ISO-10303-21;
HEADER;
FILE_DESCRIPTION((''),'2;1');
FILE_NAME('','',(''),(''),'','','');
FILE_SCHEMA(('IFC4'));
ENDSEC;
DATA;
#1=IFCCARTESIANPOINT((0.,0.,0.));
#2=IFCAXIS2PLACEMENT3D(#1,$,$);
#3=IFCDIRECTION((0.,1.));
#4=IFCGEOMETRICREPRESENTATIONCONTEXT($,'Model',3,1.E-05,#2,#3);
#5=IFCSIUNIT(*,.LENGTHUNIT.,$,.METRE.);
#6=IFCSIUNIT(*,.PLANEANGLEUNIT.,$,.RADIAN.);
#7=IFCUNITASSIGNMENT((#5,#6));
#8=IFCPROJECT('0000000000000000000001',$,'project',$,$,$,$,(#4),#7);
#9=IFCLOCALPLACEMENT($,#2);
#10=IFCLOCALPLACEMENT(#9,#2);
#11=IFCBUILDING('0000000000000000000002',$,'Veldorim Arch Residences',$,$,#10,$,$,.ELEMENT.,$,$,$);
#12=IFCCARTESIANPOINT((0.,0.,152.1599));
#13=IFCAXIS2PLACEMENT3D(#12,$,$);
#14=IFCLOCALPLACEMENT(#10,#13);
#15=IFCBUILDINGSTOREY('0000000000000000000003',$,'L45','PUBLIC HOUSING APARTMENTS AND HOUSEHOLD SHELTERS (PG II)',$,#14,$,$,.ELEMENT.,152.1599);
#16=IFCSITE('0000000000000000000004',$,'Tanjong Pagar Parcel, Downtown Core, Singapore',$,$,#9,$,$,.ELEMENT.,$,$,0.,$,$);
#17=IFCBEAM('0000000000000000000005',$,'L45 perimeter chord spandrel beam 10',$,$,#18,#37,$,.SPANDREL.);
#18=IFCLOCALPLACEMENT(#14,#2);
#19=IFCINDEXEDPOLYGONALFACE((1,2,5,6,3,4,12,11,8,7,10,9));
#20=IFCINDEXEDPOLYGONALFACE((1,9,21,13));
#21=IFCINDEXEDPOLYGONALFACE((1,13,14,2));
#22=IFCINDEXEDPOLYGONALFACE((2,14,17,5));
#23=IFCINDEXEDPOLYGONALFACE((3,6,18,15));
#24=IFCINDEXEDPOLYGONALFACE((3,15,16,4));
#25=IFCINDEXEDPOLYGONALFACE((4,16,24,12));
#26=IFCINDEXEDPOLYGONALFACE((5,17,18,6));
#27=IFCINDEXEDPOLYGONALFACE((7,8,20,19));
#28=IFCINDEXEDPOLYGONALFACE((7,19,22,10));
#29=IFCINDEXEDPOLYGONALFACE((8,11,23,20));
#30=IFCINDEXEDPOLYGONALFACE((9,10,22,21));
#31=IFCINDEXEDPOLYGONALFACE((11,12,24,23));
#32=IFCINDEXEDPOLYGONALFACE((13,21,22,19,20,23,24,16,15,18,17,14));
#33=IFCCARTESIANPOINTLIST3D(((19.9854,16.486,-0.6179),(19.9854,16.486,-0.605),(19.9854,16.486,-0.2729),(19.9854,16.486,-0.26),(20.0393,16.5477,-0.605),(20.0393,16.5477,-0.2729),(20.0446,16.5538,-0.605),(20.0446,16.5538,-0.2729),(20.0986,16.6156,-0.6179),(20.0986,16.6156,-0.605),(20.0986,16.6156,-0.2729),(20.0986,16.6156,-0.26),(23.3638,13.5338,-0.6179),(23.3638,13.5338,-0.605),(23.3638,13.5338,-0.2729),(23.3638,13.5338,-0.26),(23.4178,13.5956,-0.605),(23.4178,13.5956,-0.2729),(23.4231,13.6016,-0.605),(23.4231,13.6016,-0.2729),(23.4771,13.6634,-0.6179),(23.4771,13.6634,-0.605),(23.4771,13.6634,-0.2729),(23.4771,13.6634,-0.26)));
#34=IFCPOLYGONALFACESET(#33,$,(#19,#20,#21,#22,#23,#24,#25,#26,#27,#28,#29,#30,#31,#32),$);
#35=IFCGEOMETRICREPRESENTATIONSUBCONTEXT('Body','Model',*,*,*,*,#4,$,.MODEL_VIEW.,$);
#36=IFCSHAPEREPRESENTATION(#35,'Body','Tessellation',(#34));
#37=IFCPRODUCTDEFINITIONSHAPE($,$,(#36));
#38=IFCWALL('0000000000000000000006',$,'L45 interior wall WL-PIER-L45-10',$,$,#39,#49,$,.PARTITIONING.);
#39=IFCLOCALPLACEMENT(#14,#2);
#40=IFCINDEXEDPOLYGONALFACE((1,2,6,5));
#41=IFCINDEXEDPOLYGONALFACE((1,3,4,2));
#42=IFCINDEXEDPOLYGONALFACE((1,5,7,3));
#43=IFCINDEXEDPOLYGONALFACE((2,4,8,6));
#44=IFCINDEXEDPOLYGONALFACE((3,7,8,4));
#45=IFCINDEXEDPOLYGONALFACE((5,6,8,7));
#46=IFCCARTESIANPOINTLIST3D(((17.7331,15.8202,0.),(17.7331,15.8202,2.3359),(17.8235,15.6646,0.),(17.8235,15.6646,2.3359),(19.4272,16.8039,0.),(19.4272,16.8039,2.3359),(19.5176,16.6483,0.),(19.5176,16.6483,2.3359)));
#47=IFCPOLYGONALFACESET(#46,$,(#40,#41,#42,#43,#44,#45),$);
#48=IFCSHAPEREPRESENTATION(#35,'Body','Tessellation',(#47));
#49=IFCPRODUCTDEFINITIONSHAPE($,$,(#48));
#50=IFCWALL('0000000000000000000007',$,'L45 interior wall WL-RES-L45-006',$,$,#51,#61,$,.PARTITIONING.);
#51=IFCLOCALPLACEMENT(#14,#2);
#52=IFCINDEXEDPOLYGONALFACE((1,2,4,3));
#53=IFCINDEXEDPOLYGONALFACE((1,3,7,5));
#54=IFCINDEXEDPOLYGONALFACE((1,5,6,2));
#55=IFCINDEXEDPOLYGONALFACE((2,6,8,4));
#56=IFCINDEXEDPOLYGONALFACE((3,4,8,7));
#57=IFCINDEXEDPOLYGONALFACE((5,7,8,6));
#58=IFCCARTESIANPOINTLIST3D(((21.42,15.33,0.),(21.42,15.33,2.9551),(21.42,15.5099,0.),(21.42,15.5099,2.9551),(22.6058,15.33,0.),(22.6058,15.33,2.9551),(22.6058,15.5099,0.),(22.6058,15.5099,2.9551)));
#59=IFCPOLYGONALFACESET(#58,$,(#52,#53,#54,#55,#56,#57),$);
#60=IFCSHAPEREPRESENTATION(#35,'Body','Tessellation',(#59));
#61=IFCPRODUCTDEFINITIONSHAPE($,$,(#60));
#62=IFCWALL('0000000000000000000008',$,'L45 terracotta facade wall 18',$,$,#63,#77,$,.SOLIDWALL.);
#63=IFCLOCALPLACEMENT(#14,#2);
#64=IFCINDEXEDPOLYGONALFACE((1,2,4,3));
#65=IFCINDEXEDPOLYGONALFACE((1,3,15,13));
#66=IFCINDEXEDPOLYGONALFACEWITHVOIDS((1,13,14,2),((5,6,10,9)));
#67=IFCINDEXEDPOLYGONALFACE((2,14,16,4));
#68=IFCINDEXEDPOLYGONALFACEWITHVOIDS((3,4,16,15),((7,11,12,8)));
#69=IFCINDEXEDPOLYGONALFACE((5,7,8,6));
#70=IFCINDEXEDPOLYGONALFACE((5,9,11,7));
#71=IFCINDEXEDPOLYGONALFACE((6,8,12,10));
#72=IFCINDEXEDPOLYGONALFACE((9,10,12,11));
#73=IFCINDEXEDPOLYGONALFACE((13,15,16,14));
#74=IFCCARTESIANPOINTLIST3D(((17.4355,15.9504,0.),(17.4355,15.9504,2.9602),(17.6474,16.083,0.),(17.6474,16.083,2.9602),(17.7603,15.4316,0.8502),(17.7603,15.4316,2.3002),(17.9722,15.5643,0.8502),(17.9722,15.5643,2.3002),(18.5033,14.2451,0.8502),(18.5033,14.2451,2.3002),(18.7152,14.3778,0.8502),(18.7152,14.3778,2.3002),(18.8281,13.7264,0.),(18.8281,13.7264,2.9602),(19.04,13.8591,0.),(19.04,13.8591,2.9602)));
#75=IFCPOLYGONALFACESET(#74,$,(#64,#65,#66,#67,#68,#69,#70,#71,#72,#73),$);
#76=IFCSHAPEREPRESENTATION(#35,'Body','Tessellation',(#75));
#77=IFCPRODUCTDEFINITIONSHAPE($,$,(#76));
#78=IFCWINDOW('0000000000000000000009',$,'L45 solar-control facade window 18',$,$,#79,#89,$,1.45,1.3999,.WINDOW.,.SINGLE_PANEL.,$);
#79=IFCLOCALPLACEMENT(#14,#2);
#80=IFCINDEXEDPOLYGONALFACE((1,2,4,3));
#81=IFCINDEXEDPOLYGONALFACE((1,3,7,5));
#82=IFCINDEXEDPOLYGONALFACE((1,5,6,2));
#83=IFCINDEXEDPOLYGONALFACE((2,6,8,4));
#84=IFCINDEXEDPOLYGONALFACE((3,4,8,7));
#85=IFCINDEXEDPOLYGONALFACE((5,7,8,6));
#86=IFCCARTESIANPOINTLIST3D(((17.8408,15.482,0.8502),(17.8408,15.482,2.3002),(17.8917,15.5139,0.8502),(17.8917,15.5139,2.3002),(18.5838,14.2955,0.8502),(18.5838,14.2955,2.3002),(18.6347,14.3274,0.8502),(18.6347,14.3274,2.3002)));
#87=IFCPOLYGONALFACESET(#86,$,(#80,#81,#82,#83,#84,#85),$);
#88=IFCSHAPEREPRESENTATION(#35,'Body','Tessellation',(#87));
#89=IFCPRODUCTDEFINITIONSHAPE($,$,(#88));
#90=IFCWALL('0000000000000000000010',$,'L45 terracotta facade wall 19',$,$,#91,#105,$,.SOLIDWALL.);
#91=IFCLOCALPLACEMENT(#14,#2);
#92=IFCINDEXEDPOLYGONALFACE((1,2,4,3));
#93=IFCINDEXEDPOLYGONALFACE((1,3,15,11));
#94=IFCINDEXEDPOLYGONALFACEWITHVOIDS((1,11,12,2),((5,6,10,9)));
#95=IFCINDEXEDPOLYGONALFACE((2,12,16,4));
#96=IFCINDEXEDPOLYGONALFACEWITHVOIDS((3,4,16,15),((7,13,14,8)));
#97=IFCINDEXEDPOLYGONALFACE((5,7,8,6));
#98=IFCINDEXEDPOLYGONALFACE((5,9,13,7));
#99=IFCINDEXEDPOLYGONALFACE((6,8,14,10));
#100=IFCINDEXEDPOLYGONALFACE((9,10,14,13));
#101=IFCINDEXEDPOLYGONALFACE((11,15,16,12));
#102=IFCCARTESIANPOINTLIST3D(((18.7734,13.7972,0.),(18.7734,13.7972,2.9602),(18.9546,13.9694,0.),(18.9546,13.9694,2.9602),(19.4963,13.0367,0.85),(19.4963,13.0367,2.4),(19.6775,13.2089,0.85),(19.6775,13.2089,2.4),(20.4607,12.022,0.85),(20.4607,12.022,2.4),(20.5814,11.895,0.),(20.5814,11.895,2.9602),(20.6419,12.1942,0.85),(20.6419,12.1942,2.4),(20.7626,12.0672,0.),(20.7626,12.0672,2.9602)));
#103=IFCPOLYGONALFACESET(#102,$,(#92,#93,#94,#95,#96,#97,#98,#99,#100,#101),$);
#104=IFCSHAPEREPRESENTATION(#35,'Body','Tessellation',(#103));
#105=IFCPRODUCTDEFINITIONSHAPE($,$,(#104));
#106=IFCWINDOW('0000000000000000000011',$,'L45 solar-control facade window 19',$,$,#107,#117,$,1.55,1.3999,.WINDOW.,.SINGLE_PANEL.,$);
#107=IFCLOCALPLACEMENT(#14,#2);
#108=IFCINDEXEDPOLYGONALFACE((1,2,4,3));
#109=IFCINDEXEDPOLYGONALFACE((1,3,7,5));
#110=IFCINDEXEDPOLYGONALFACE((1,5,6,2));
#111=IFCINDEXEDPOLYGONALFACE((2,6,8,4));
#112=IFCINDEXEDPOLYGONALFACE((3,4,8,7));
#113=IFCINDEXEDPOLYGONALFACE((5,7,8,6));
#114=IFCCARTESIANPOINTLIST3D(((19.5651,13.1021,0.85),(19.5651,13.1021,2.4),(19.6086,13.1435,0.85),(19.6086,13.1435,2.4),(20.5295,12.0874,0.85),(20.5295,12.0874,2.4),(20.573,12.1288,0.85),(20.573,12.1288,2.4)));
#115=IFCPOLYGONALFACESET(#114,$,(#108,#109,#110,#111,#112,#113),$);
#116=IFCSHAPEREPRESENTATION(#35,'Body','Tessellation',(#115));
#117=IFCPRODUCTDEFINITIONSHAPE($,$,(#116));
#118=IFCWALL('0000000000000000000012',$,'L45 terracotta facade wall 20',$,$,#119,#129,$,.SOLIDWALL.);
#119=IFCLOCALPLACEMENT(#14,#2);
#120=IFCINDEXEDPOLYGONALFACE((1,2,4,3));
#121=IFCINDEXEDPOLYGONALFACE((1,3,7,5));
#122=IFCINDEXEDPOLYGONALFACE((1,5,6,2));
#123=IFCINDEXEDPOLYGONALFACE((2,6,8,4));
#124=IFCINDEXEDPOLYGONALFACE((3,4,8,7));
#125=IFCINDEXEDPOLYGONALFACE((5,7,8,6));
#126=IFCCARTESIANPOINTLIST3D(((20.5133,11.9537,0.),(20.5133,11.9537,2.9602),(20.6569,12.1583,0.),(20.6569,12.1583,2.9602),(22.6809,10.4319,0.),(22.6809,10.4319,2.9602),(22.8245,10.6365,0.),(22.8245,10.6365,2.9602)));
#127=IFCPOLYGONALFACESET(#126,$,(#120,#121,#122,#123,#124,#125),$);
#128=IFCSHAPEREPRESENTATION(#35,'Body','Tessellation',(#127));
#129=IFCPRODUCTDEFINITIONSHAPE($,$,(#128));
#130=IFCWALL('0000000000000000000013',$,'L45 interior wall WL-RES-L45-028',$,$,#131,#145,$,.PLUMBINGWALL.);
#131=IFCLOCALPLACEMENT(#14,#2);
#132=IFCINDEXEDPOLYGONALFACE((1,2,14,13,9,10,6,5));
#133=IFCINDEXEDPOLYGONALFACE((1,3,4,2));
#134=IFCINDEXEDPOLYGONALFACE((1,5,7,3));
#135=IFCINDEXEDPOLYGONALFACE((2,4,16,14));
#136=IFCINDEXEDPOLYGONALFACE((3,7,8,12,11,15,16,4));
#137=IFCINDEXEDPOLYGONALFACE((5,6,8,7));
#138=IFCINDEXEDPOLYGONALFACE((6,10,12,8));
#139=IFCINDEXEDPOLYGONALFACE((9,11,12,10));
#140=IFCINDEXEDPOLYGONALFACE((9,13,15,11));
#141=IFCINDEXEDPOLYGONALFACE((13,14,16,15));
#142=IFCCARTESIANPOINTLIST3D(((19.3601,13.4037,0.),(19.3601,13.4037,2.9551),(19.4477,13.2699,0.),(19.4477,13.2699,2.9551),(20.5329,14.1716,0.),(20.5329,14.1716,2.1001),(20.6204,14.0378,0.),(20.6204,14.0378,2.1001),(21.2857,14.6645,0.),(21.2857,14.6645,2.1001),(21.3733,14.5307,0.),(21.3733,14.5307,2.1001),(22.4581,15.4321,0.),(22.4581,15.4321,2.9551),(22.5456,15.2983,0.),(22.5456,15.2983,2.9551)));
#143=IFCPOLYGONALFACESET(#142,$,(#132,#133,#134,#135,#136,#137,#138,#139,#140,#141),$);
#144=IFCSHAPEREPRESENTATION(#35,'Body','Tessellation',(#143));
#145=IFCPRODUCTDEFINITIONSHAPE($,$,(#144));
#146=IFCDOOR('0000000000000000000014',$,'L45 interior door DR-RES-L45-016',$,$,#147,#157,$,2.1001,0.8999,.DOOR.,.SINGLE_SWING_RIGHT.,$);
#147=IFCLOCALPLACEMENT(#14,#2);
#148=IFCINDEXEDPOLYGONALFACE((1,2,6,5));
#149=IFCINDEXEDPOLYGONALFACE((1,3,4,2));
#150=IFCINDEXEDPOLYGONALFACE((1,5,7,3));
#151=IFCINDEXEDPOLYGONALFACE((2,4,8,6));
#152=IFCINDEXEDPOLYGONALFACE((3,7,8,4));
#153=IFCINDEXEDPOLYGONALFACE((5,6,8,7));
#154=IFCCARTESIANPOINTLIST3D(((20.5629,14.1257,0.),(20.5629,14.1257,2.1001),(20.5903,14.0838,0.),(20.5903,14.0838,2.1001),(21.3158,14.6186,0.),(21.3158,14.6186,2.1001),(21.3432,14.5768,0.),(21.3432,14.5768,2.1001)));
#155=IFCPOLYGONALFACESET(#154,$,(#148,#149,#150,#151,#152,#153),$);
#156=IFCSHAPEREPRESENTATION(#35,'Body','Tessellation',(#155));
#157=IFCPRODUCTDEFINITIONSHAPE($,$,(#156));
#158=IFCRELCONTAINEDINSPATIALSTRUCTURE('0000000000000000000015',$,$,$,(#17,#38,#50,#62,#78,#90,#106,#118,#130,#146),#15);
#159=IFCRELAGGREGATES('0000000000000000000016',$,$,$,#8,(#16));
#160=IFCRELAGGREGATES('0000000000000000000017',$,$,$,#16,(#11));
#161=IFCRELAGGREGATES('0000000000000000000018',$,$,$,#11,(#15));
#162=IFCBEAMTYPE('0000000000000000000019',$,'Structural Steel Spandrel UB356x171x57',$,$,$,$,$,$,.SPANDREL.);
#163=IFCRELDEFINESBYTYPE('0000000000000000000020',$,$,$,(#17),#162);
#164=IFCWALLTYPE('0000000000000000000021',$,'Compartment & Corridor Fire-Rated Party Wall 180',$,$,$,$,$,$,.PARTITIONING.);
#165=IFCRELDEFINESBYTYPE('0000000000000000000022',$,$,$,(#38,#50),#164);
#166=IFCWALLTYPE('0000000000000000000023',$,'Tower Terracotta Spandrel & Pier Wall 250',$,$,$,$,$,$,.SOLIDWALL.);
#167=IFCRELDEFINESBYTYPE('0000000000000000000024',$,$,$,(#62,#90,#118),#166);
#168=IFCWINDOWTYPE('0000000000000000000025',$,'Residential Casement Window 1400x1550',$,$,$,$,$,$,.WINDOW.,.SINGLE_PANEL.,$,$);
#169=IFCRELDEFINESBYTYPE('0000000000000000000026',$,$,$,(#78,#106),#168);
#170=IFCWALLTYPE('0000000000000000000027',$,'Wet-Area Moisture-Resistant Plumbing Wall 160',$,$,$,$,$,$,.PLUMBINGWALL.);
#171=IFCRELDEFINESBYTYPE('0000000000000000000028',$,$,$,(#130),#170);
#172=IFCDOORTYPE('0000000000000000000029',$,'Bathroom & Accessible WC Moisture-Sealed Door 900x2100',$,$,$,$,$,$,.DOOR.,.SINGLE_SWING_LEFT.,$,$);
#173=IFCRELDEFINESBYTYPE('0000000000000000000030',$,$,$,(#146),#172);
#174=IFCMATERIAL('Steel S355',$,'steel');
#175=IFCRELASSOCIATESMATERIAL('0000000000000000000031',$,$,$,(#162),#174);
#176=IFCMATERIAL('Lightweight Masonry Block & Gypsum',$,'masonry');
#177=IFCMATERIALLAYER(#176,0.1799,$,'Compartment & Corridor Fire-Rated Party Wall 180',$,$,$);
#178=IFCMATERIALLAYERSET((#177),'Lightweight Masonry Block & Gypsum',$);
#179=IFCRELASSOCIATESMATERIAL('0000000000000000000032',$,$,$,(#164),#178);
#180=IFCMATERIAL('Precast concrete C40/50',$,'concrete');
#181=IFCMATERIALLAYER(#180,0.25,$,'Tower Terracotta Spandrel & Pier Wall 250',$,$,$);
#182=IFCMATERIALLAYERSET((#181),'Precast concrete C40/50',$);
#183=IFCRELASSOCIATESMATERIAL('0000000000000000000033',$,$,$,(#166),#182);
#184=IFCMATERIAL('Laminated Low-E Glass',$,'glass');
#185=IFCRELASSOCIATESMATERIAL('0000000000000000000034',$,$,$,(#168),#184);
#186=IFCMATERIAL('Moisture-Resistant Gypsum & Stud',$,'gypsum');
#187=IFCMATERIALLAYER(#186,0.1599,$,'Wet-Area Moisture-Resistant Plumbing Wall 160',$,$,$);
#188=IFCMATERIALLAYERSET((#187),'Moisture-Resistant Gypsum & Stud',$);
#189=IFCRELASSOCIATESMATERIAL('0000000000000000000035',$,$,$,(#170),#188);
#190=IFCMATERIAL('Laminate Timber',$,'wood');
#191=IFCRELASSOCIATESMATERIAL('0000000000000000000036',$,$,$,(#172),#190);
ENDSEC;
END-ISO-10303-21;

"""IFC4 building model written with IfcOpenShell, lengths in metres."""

from ifc_helpers import new_model, si_unit, direction, frame, frame_2d, origin, origin_2d, place, context, subcontext, project, spatial, rectangle, i_section, extrude, material, layer, layer_set, material_profile, profile_set, type_object, element, fill, save


model = new_model("IFC4")

# Units and contexts
model_context = context("Model", 3, precision=1e-05, world=origin(), true_north=direction((0.0, 1.0)))
body_context = subcontext(model_context, "Body", "Model", "MODEL_VIEW")
ifc_project = project(units=[si_unit("LENGTHUNIT", "METRE"), si_unit("PLANEANGLEUNIT", "RADIAN")], contexts=[model_context])

# Site, building, storey
site_placement = place(None, origin())
site = spatial("IfcSite", under=ifc_project, at=site_placement, Name="Tanjong Pagar Parcel, Downtown Core, Singapore", CompositionType="ELEMENT", RefElevation=0.0)
building_placement = place(site_placement, origin())
building = spatial("IfcBuilding", under=site, at=building_placement, Name="Veldorim Arch Residences", CompositionType="ELEMENT")
storey_placement = place(building_placement, frame((0.0, 0.0, 152.1599)))
storey = spatial("IfcBuildingStorey", under=building, at=storey_placement, Name="L45", Description="PUBLIC HOUSING APARTMENTS AND HOUSEHOLD SHELTERS (PG II)", CompositionType="ELEMENT", Elevation=152.1599)

# Beam
ifc_material_1 = material(Name="Steel S355", Category="steel")
ifc_material_profile_1 = material_profile(ifc_material_1, i_section(OverallWidth=0.1721, OverallDepth=0.3579, WebThickness=0.0081, FlangeThickness=0.0129, at=origin_2d()), Name="UB356x171x57")
ifc_profile_set_1 = profile_set([ifc_material_profile_1], Name="Steel S355")
beam_type_1 = type_object("IfcBeamType", Name="Structural Steel Spandrel UB356x171x57", PredefinedType="SPANDREL", material=ifc_profile_set_1)
beam_1_placement = place(storey_placement, frame((20.042, 16.5508, -0.439), z_axis=(0.753015, -0.658004, 0.0), x_axis=(0.658004, 0.753015, 0.0)))
element("IfcBeam", 1, at=beam_1_placement, inside=storey, type_object=beam_type_1, Name="L45 perimeter chord spandrel beam 10", PredefinedType="SPANDREL", context=body_context, shape_type="SweptSolid", body=[
    extrude(i_section(OverallWidth=0.1721, OverallDepth=0.3579, WebThickness=0.0081, FlangeThickness=0.0129, at=origin_2d()), origin(), (0.0, 0.0, 1.0), 4.4866),
])

# Walls
ifc_material_2 = material(Name="Lightweight Masonry Block & Gypsum", Category="masonry")
ifc_layer_1 = layer(ifc_material_2, 0.1799, Name="Compartment & Corridor Fire-Rated Party Wall 180")
ifc_layer_set_1 = layer_set([ifc_layer_1], Name="Lightweight Masonry Block & Gypsum")
wall_type_1 = type_object("IfcWallType", Name="Compartment & Corridor Fire-Rated Party Wall 180", PredefinedType="PARTITIONING", material=ifc_layer_set_1)
wall_1_placement = place(storey_placement, frame((19.4724, 16.7261, 0.0), z_axis=(0.0, 0.0, 1.0), x_axis=(-0.864794, -0.502126, 0.0)))
element("IfcWall", 2, at=wall_1_placement, inside=storey, type_object=wall_type_1, Name="L45 interior wall WL-PIER-L45-10", PredefinedType="PARTITIONING", context=body_context, shape_type="SweptSolid", body=[
    extrude(rectangle(XDim=1.959, YDim=0.1799, at=frame_2d((0.9795, 0.0))), origin(), (0.0, 0.0, 1.0), 2.3359),
])
wall_2_placement = place(storey_placement, frame((22.6057, 15.4199, 0.0), z_axis=(0.0, 0.0, 1.0), x_axis=(-1.0, 0.0, 0.0)))
element("IfcWall", 3, at=wall_2_placement, inside=storey, type_object=wall_type_1, Name="L45 interior wall WL-RES-L45-006", PredefinedType="PARTITIONING", context=body_context, shape_type="SweptSolid", body=[
    extrude(rectangle(XDim=1.1858, YDim=0.1799, at=frame_2d((0.5928, 0.0))), origin(), (0.0, 0.0, 1.0), 2.9551),
])

# Walls, openings, windows
ifc_material_3 = material(Name="Precast concrete C40/50", Category="concrete")
ifc_layer_2 = layer(ifc_material_3, 0.25, Name="Tower Terracotta Spandrel & Pier Wall 250")
ifc_layer_set_2 = layer_set([ifc_layer_2], Name="Precast concrete C40/50")
wall_type_2 = type_object("IfcWallType", Name="Tower Terracotta Spandrel & Pier Wall 250", PredefinedType="SOLIDWALL", material=ifc_layer_set_2)
wall_3_placement = place(storey_placement, frame((18.9341, 13.7927, 0.0), z_axis=(0.0, 0.0, 1.0), x_axis=(-0.530726, 0.847543, 0.0)))
wall_3 = element("IfcWall", 4, at=wall_3_placement, inside=storey, type_object=wall_type_2, Name="L45 terracotta facade wall 18", PredefinedType="SOLIDWALL", context=body_context, shape_type="SweptSolid", body=[
    extrude(rectangle(XDim=2.624, YDim=0.25, at=frame_2d((1.312, 0.0))), origin(), (0.0, 0.0, 1.0), 2.9602),
])
opening_1_placement = place(wall_3_placement, frame((0.6121, 0.0, 0.8501)))
opening_1 = element("IfcOpeningElement", 5, at=opening_1_placement, cuts=wall_3, PredefinedType="OPENING", context=body_context, shape_type="SweptSolid", body=[
    extrude(rectangle(XDim=1.3999, YDim=1.45, at=frame_2d((0.7, 0.7251))), frame((0.0, 0.135, 0.0), z_axis=(0.0, -1.0, 0.0), x_axis=(1.0, 0.0, 0.0)), (0.0, 0.0, 1.0), 0.27),
])
ifc_material_4 = material(Name="Laminated Low-E Glass", Category="glass")
window_type = type_object("IfcWindowType", Name="Residential Casement Window 1400x1550", PartitioningType="SINGLE_PANEL", PredefinedType="WINDOW", material=ifc_material_4)
window_1_placement = place(opening_1_placement, origin())
window_1 = element("IfcWindow", 6, at=window_1_placement, inside=storey, type_object=window_type, Name="L45 solar-control facade window 18", OverallHeight=1.45, OverallWidth=1.3999, PartitioningType="SINGLE_PANEL", PredefinedType="WINDOW", context=body_context, shape_type="SweptSolid", body=[
    extrude(rectangle(XDim=1.3999, YDim=1.45, at=frame_2d((0.7, 0.7251))), frame((0.0, 0.03, 0.0), z_axis=(0.0, -1.0, 0.0), x_axis=(1.0, 0.0, 0.0)), (0.0, 0.0, 1.0), 0.0601),
])
fill(opening_1, window_1)
wall_4_placement = place(storey_placement, frame((20.6719, 11.9812, 0.0), z_axis=(0.0, 0.0, 1.0), x_axis=(-0.688923, 0.724834, 0.0)))
wall_4 = element("IfcWall", 7, at=wall_4_placement, inside=storey, type_object=wall_type_2, Name="L45 terracotta facade wall 19", PredefinedType="SOLIDWALL", context=body_context, shape_type="SweptSolid", body=[
    extrude(rectangle(XDim=2.6243, YDim=0.25, at=frame_2d((1.312, 0.0))), origin(), (0.0, 0.0, 1.0), 2.9602),
])
opening_2_placement = place(wall_4_placement, frame((0.175, 0.0, 0.8501)))
opening_2 = element("IfcOpeningElement", 8, at=opening_2_placement, cuts=wall_4, PredefinedType="OPENING", context=body_context, shape_type="SweptSolid", body=[
    extrude(rectangle(XDim=1.3999, YDim=1.55, at=frame_2d((0.7, 0.7749))), frame((0.0, 0.135, 0.0), z_axis=(0.0, -1.0, 0.0), x_axis=(1.0, 0.0, 0.0)), (0.0, 0.0, 1.0), 0.27),
])
window_2_placement = place(opening_2_placement, origin())
window_2 = element("IfcWindow", 9, at=window_2_placement, inside=storey, type_object=window_type, Name="L45 solar-control facade window 19", OverallHeight=1.55, OverallWidth=1.3999, PartitioningType="SINGLE_PANEL", PredefinedType="WINDOW", context=body_context, shape_type="SweptSolid", body=[
    extrude(rectangle(XDim=1.3999, YDim=1.55, at=frame_2d((0.7, 0.7749))), frame((0.0, 0.03, 0.0), z_axis=(0.0, -1.0, 0.0), x_axis=(1.0, 0.0, 0.0)), (0.0, 0.0, 1.0), 0.0601),
])
fill(opening_2, window_2)

# Wall
wall_5_placement = place(storey_placement, frame((22.7527, 10.5342, 0.0), z_axis=(0.0, 0.0, 1.0), x_axis=(-0.818434, 0.5746, 0.0)))
element("IfcWall", 10, at=wall_5_placement, inside=storey, type_object=wall_type_2, Name="L45 terracotta facade wall 20", PredefinedType="SOLIDWALL", context=body_context, shape_type="SweptSolid", body=[
    extrude(rectangle(XDim=2.6484, YDim=0.25, at=frame_2d((1.3242, 0.0))), origin(), (0.0, 0.0, 1.0), 2.9602),
])

# Wall, opening, door
ifc_material_5 = material(Name="Moisture-Resistant Gypsum & Stud", Category="gypsum")
ifc_layer_3 = layer(ifc_material_5, 0.1599, Name="Wet-Area Moisture-Resistant Plumbing Wall 160")
ifc_layer_set_3 = layer_set([ifc_layer_3], Name="Moisture-Resistant Gypsum & Stud")
wall_type_3 = type_object("IfcWallType", Name="Wet-Area Moisture-Resistant Plumbing Wall 160", PredefinedType="PLUMBINGWALL", material=ifc_layer_set_3)
wall_6_placement = place(storey_placement, frame((22.502, 15.3652, 0.0), z_axis=(0.0, 0.0, 1.0), x_axis=(-0.836627, -0.547773, 0.0)))
wall_6 = element("IfcWall", 11, at=wall_6_placement, inside=storey, type_object=wall_type_3, Name="L45 interior wall WL-RES-L45-028", PredefinedType="PLUMBINGWALL", context=body_context, shape_type="SweptSolid", body=[
    extrude(rectangle(XDim=3.7029, YDim=0.1599, at=frame_2d((1.8516, 0.0))), origin(), (0.0, 0.0, 1.0), 2.9551),
])
opening_3_placement = place(wall_6_placement, frame((1.4014, 0.0, 0.0)))
opening_3 = element("IfcOpeningElement", 12, at=opening_3_placement, cuts=wall_6, PredefinedType="OPENING", context=body_context, shape_type="SweptSolid", body=[
    extrude(rectangle(XDim=0.8999, YDim=2.1001, at=frame_2d((0.45, 1.05))), frame((0.0, 0.0898, 0.0), z_axis=(0.0, -1.0, 0.0), x_axis=(1.0, 0.0, 0.0)), (0.0, 0.0, 1.0), 0.1799),
])
ifc_material_6 = material(Name="Laminate Timber", Category="wood")
door_type_1 = type_object("IfcDoorType", Name="Bathroom & Accessible WC Moisture-Sealed Door 900x2100", OperationType="SINGLE_SWING_LEFT", PredefinedType="DOOR", material=ifc_material_6)
door_1_placement = place(opening_3_placement, origin())
door_1 = element("IfcDoor", 13, at=door_1_placement, inside=storey, type_object=door_type_1, Name="L45 interior door DR-RES-L45-016", OperationType="SINGLE_SWING_RIGHT", OverallHeight=2.1001, OverallWidth=0.8999, PredefinedType="DOOR", context=body_context, shape_type="SweptSolid", body=[
    extrude(rectangle(XDim=0.8999, YDim=2.1001, at=frame_2d((0.45, 1.05))), frame((0.0, 0.0249, 0.0), z_axis=(0.0, -1.0, 0.0), x_axis=(1.0, 0.0, 0.0)), (0.0, 0.0, 1.0), 0.05),
])
fill(opening_3, door_1)

save(model, "model.ifc")
